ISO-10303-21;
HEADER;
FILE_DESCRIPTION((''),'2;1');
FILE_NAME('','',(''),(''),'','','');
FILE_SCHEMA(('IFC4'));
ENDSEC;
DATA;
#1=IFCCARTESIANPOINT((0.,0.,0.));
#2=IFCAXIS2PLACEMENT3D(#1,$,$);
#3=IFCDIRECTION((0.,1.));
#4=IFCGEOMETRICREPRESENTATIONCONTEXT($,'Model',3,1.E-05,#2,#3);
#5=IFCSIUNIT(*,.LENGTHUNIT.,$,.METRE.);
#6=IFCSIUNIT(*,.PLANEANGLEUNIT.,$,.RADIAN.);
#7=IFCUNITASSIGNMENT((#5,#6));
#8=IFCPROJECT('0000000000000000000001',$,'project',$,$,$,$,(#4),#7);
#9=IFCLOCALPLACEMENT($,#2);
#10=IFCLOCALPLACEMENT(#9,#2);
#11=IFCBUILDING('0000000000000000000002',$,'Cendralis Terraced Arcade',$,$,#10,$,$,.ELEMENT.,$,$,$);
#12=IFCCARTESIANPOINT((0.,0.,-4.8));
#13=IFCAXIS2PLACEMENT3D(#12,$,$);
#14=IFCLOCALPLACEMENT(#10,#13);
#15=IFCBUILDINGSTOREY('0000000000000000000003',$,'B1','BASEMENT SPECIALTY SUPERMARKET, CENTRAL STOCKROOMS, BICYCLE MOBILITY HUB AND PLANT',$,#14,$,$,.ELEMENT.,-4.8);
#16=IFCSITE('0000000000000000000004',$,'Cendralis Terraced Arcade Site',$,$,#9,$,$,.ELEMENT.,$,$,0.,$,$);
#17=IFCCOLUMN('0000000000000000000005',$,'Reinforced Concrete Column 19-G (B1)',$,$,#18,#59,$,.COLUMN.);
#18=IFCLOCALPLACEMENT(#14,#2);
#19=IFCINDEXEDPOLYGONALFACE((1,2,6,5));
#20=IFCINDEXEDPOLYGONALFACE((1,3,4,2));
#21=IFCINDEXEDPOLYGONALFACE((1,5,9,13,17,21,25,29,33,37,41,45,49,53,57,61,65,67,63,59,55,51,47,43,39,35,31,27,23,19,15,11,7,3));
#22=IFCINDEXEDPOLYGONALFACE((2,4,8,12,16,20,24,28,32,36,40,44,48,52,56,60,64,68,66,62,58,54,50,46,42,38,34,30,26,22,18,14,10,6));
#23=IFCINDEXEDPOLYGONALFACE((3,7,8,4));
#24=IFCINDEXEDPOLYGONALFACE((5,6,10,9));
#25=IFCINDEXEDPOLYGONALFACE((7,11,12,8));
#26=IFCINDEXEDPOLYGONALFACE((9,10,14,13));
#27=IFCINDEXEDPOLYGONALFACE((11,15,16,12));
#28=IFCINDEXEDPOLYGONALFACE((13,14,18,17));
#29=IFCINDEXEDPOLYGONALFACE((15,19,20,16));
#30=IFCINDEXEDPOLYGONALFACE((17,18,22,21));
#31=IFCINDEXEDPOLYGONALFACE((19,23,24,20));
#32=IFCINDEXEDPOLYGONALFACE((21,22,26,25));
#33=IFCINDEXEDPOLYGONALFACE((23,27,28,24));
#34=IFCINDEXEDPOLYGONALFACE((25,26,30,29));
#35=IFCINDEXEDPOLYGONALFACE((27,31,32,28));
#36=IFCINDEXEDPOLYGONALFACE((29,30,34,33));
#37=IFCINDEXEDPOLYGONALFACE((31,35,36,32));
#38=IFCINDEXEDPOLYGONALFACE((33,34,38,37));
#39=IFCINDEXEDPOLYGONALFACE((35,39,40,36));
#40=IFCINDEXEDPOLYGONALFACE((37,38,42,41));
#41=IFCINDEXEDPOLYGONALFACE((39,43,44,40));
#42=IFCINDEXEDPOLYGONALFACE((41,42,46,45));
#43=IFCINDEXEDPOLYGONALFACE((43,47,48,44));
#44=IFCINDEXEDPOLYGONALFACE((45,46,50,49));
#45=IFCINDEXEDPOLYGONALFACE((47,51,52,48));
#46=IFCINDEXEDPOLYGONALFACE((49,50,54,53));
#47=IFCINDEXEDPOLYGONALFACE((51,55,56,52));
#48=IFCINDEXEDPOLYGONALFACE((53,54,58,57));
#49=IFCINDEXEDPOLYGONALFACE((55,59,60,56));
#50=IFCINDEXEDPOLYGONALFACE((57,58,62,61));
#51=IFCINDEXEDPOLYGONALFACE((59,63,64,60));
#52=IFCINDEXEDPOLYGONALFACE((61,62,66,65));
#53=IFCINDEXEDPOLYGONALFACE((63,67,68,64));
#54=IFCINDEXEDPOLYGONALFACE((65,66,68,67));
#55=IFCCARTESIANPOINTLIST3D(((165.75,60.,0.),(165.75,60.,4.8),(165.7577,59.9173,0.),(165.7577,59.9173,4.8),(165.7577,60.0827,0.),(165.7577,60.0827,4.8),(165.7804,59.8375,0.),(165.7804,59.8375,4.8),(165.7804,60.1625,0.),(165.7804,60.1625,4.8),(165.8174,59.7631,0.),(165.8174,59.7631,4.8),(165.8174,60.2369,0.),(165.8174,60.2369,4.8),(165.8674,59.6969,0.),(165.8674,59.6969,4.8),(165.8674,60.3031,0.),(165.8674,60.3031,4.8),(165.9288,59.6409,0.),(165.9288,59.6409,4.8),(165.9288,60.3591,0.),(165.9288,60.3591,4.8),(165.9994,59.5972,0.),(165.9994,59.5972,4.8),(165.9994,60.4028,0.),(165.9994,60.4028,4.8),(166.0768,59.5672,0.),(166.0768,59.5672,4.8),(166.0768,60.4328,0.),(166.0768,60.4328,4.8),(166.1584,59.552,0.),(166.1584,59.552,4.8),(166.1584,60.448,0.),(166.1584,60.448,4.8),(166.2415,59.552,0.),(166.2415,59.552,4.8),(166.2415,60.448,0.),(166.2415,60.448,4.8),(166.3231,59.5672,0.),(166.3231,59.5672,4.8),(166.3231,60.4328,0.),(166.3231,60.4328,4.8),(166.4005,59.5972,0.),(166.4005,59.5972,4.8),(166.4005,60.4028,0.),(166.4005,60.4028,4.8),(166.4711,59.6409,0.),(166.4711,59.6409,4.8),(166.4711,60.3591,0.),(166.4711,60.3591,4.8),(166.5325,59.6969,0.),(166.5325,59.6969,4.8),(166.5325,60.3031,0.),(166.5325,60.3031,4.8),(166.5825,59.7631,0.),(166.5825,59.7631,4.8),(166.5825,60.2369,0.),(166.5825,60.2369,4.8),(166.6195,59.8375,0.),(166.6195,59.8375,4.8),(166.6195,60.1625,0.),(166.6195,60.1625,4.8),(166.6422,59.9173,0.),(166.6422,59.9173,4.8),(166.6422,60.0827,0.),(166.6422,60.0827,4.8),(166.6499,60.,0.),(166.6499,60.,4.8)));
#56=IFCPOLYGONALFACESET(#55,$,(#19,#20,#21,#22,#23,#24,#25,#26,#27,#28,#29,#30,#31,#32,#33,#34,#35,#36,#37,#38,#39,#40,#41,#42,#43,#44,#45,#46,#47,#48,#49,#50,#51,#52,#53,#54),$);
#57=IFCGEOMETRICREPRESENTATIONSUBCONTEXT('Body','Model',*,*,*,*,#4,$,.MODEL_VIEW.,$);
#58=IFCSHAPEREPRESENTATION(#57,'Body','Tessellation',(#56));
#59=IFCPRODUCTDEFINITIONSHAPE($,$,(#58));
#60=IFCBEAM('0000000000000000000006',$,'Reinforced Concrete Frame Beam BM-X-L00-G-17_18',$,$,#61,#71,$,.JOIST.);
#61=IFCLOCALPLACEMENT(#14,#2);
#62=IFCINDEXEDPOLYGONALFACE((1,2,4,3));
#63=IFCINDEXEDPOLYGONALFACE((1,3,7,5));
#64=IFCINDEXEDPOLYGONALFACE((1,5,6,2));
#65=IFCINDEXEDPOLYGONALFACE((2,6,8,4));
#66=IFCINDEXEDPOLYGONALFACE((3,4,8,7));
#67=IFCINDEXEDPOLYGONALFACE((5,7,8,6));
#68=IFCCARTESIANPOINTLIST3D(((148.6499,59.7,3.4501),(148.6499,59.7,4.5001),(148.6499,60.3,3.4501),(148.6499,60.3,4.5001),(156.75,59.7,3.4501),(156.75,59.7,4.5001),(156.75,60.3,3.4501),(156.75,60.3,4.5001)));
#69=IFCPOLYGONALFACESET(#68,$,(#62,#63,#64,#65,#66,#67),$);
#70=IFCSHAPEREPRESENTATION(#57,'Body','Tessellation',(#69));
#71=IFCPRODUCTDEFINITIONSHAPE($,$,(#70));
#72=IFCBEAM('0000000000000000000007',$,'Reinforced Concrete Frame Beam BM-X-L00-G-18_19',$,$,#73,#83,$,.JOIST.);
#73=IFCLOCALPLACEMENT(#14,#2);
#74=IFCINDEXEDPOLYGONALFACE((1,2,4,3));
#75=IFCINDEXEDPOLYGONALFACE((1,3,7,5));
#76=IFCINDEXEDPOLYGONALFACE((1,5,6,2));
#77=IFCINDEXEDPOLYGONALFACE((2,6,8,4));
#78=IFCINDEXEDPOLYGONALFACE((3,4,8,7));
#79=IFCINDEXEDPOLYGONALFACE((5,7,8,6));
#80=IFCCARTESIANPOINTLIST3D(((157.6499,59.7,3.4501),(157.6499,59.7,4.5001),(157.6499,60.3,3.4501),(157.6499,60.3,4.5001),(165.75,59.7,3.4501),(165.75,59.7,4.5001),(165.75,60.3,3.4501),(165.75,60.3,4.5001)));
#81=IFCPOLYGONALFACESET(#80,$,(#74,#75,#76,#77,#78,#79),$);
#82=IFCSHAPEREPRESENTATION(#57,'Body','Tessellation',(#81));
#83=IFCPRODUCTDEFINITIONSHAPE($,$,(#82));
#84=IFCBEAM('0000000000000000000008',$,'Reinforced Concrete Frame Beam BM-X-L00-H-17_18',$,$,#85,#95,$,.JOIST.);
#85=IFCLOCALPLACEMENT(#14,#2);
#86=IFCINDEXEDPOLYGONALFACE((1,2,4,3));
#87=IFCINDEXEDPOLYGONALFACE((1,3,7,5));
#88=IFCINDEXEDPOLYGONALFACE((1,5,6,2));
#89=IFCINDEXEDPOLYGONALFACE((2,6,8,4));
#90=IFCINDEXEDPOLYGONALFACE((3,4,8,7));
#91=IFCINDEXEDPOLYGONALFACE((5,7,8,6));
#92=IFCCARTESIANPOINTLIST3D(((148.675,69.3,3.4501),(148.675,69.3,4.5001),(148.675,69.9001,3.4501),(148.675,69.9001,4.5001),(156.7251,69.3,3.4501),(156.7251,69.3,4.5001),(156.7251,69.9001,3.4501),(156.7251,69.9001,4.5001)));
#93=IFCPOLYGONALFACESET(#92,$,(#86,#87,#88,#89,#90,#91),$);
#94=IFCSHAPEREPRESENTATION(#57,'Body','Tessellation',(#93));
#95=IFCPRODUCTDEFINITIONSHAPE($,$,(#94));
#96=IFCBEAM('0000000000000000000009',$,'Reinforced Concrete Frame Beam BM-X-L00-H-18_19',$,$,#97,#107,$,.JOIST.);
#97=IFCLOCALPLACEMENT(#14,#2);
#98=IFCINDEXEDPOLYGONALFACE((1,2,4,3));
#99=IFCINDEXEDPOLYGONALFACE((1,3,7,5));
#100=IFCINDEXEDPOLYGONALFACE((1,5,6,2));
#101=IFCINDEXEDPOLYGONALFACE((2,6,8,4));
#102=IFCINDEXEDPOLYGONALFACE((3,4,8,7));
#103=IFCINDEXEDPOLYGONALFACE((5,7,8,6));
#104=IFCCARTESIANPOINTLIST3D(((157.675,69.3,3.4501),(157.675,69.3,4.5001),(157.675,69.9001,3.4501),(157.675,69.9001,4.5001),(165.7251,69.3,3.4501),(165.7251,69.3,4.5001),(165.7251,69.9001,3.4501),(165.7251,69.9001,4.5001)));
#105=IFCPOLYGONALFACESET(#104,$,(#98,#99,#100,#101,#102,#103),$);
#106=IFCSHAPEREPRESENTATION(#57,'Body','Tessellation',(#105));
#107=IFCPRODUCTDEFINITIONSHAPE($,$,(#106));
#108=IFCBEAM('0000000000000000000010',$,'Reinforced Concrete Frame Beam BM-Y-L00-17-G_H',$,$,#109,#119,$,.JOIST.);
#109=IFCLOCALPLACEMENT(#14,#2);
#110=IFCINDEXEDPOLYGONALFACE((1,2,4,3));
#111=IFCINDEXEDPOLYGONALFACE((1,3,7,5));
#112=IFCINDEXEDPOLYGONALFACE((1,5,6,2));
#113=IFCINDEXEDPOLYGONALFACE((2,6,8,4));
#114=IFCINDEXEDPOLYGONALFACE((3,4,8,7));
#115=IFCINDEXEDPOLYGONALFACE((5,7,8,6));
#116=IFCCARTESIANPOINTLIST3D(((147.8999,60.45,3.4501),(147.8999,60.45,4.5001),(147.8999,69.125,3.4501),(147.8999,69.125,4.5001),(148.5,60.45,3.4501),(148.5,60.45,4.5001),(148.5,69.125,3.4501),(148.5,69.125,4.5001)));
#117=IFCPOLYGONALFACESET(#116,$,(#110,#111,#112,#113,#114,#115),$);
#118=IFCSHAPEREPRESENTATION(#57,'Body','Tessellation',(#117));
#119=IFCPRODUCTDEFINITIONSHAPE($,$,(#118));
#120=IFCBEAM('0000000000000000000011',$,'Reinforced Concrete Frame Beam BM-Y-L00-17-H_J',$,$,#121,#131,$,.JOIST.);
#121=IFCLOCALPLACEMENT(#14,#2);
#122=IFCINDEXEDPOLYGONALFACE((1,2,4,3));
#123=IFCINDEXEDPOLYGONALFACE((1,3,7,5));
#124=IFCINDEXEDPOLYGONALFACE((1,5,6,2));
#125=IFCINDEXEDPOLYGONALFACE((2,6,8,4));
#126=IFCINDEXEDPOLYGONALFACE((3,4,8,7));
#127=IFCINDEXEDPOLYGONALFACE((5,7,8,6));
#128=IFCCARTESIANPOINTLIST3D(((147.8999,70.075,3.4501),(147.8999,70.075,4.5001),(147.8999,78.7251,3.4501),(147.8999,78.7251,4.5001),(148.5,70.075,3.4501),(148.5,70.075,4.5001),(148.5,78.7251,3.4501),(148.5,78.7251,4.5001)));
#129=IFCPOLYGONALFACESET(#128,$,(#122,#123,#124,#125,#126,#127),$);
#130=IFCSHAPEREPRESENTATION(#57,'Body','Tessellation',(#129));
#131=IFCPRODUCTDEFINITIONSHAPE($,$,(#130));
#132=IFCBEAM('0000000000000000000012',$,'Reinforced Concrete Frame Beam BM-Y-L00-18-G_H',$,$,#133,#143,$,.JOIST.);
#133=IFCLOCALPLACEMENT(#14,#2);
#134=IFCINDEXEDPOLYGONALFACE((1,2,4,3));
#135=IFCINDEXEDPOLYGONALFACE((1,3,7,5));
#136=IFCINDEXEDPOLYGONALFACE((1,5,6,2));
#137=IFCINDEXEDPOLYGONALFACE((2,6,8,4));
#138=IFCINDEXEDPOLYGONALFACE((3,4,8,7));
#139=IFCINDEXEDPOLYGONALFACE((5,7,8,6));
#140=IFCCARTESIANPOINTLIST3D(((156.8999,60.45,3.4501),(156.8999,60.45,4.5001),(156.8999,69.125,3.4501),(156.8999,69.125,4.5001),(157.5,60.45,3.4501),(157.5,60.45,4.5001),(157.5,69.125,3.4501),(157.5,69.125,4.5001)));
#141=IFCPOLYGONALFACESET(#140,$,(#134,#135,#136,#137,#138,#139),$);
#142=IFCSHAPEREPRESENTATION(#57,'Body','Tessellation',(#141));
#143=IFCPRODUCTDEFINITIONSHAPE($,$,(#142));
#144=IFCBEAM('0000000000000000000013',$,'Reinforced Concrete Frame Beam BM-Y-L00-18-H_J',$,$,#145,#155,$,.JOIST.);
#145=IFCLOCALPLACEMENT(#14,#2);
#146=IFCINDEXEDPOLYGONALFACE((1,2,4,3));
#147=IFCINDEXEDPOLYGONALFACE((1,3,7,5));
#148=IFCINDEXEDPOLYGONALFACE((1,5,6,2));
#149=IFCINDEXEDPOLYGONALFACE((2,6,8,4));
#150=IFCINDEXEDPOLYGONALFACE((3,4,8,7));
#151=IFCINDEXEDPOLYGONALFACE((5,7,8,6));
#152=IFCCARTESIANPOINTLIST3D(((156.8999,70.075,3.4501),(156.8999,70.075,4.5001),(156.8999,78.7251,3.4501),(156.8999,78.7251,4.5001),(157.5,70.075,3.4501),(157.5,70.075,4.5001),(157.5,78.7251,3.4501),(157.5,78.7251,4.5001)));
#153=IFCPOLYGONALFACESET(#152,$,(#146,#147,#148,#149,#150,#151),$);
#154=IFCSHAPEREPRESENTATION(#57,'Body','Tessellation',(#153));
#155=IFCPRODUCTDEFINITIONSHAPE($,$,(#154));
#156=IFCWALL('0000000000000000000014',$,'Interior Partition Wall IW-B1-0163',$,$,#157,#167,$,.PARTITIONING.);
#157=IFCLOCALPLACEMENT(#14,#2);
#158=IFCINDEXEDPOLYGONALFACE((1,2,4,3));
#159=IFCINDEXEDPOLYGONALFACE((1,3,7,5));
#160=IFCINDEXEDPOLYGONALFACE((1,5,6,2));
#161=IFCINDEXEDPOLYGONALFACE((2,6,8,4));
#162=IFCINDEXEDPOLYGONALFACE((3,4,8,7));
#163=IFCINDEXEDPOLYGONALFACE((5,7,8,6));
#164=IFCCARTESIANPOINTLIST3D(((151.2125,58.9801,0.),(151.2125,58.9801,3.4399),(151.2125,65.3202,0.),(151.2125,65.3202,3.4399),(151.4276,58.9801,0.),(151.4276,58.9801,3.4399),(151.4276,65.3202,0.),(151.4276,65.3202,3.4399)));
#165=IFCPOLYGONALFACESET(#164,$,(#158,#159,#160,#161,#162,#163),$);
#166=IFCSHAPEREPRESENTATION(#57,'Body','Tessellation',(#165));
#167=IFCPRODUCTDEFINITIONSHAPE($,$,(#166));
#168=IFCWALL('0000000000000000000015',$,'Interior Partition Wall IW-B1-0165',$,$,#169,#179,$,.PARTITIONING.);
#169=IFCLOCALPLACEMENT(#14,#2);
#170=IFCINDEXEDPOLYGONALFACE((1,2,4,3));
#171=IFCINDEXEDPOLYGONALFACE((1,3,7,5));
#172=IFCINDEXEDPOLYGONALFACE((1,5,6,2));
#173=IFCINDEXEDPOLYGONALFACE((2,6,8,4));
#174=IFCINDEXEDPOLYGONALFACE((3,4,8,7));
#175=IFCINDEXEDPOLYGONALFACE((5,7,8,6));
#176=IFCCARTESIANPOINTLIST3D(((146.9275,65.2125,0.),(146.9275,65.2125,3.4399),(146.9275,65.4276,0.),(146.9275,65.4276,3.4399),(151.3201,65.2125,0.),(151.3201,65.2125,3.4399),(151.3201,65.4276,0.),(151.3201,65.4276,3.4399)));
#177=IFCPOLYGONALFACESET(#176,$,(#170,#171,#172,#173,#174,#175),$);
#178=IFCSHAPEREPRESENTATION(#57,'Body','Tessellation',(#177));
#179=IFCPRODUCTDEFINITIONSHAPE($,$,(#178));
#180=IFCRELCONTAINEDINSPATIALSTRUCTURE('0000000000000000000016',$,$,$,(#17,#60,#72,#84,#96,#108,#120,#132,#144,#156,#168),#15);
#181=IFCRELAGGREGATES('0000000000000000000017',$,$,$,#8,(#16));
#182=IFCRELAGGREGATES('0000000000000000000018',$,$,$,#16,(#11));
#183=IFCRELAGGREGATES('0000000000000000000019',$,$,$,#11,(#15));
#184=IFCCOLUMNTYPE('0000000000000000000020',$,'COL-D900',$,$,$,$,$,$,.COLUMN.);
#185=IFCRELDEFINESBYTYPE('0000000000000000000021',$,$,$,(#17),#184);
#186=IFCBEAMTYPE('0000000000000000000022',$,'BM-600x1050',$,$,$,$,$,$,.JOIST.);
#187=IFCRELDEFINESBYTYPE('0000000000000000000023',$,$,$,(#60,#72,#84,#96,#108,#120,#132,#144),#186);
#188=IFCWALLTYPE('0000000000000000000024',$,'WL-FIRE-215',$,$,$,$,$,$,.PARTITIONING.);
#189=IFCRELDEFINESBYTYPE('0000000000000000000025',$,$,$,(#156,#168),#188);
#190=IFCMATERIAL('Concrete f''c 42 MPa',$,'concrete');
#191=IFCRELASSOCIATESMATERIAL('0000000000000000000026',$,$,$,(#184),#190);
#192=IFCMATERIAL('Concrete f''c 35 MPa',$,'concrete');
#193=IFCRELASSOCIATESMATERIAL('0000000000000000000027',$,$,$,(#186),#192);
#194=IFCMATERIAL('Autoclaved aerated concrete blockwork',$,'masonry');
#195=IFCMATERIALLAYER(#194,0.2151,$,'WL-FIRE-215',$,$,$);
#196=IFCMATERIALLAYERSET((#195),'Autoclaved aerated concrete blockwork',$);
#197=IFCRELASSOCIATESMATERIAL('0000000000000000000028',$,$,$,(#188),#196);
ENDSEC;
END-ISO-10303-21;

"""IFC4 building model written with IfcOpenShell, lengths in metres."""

from ifc_helpers import new_model, si_unit, direction, frame, frame_2d, origin, origin_2d, place, context, subcontext, project, spatial, rectangle, circle, extrude, material, layer, layer_set, material_profile, profile_set, type_object, element, save


model = new_model("IFC4")

# Units and contexts
model_context = context("Model", 3, precision=1e-05, world=origin(), true_north=direction((0.0, 1.0)))
body_context = subcontext(model_context, "Body", "Model", "MODEL_VIEW")
ifc_project = project(units=[si_unit("LENGTHUNIT", "METRE"), si_unit("PLANEANGLEUNIT", "RADIAN")], contexts=[model_context])

# Site, building, storey
site_placement = place(None, origin())
site = spatial("IfcSite", under=ifc_project, at=site_placement, Name="Cendralis Terraced Arcade Site", CompositionType="ELEMENT", RefElevation=0.0)
building_placement = place(site_placement, origin())
building = spatial("IfcBuilding", under=site, at=building_placement, Name="Cendralis Terraced Arcade", CompositionType="ELEMENT")
storey_placement = place(building_placement, frame((0.0, 0.0, -4.8)))
storey = spatial("IfcBuildingStorey", under=building, at=storey_placement, Name="B1", Description="BASEMENT SPECIALTY SUPERMARKET, CENTRAL STOCKROOMS, BICYCLE MOBILITY HUB AND PLANT", CompositionType="ELEMENT", Elevation=-4.8)

# Shared definitions
ifc_material_1 = material(Name="Concrete f'c 35 MPa", Category="concrete")

# Column
ifc_material_2 = material(Name="Concrete f'c 42 MPa", Category="concrete")
ifc_material_profile_1 = material_profile(ifc_material_2, circle(Radius=0.45, at=origin_2d()), Name="RC-COL-D900", Category="LoadBearing")
ifc_profile_set_1 = profile_set([ifc_material_profile_1], Name="Concrete f'c 42 MPa")
column_type_1 = type_object("IfcColumnType", Name="COL-D900", PredefinedType="COLUMN", material=ifc_profile_set_1)
for number, where, z_axis, x_axis, name in (
    (1, (166.2, 60.0, 0.0), (0.0, 0.0, 1.0), (1.0, 0.0, 0.0), "Reinforced Concrete Column 19-G (B1)"),
):
    element("IfcColumn", number, at=place(storey_placement, frame(where, z_axis=z_axis, x_axis=x_axis)), inside=storey, type_object=column_type_1, Name=name, PredefinedType="COLUMN", context=body_context, shape_type="SweptSolid", body=[
        extrude(circle(Radius=0.45, at=origin_2d()), origin(), (0.0, 0.0, 1.0), 4.8),
    ])

# Beams
ifc_material_profile_2 = material_profile(ifc_material_1, rectangle(XDim=0.6001, YDim=1.05, at=origin_2d()), Name="RC-BM-600x1050", Category="LoadBearing")
ifc_profile_set_2 = profile_set([ifc_material_profile_2], Name="Concrete f'c 35 MPa")
beam_type = type_object("IfcBeamType", Name="BM-600x1050", PredefinedType="JOIST", material=ifc_profile_set_2)
for number, where, z_axis, x_axis, name in (
    (2, (148.6499, 60.0, 3.9751), (1.0, 0.0, 0.0), (0.0, 1.0, 0.0), "Reinforced Concrete Frame Beam BM-X-L00-G-17_18"),
    (3, (157.6499, 60.0, 3.9751), (1.0, 0.0, 0.0), (0.0, 1.0, 0.0), "Reinforced Concrete Frame Beam BM-X-L00-G-18_19"),
):
    element("IfcBeam", number, at=place(storey_placement, frame(where, z_axis=z_axis, x_axis=x_axis)), inside=storey, type_object=beam_type, Name=name, PredefinedType="JOIST", context=body_context, shape_type="SweptSolid", body=[
        extrude(rectangle(XDim=0.6001, YDim=1.05, at=origin_2d()), origin(), (0.0, 0.0, 1.0), 8.1001),
    ])
for number, where, z_axis, x_axis, name in (
    (4, (148.675, 69.6001, 3.9751), (1.0, 0.0, 0.0), (0.0, 1.0, 0.0), "Reinforced Concrete Frame Beam BM-X-L00-H-17_18"),
    (5, (157.675, 69.6001, 3.9751), (1.0, 0.0, 0.0), (0.0, 1.0, 0.0), "Reinforced Concrete Frame Beam BM-X-L00-H-18_19"),
):
    element("IfcBeam", number, at=place(storey_placement, frame(where, z_axis=z_axis, x_axis=x_axis)), inside=storey, type_object=beam_type, Name=name, PredefinedType="JOIST", context=body_context, shape_type="SweptSolid", body=[
        extrude(rectangle(XDim=0.6001, YDim=1.05, at=origin_2d()), origin(), (0.0, 0.0, 1.0), 8.05),
    ])
beam_1_placement = place(storey_placement, frame((148.2, 60.45, 3.9751), z_axis=(0.0, 1.0, 0.0), x_axis=(-1.0, 0.0, 0.0)))
element("IfcBeam", 6, at=beam_1_placement, inside=storey, type_object=beam_type, Name="Reinforced Concrete Frame Beam BM-Y-L00-17-G_H", PredefinedType="JOIST", context=body_context, shape_type="SweptSolid", body=[
    extrude(rectangle(XDim=0.6001, YDim=1.05, at=origin_2d()), origin(), (0.0, 0.0, 1.0), 8.675),
])
beam_2_placement = place(storey_placement, frame((148.2, 70.075, 3.9751), z_axis=(0.0, 1.0, 0.0), x_axis=(-1.0, 0.0, 0.0)))
element("IfcBeam", 7, at=beam_2_placement, inside=storey, type_object=beam_type, Name="Reinforced Concrete Frame Beam BM-Y-L00-17-H_J", PredefinedType="JOIST", context=body_context, shape_type="SweptSolid", body=[
    extrude(rectangle(XDim=0.6001, YDim=1.05, at=origin_2d()), origin(), (0.0, 0.0, 1.0), 8.6501),
])
beam_3_placement = place(storey_placement, frame((157.2, 60.45, 3.9751), z_axis=(0.0, 1.0, 0.0), x_axis=(-1.0, 0.0, 0.0)))
element("IfcBeam", 8, at=beam_3_placement, inside=storey, type_object=beam_type, Name="Reinforced Concrete Frame Beam BM-Y-L00-18-G_H", PredefinedType="JOIST", context=body_context, shape_type="SweptSolid", body=[
    extrude(rectangle(XDim=0.6001, YDim=1.05, at=origin_2d()), origin(), (0.0, 0.0, 1.0), 8.675),
])
beam_4_placement = place(storey_placement, frame((157.2, 70.075, 3.9751), z_axis=(0.0, 1.0, 0.0), x_axis=(-1.0, 0.0, 0.0)))
element("IfcBeam", 9, at=beam_4_placement, inside=storey, type_object=beam_type, Name="Reinforced Concrete Frame Beam BM-Y-L00-18-H_J", PredefinedType="JOIST", context=body_context, shape_type="SweptSolid", body=[
    extrude(rectangle(XDim=0.6001, YDim=1.05, at=origin_2d()), origin(), (0.0, 0.0, 1.0), 8.6501),
])

# Walls
ifc_material_3 = material(Name="Autoclaved aerated concrete blockwork", Category="masonry")
ifc_layer = layer(ifc_material_3, 0.2151, Name="WL-FIRE-215")
ifc_layer_set = layer_set([ifc_layer], Name="Autoclaved aerated concrete blockwork")
wall_type = type_object("IfcWallType", Name="WL-FIRE-215", PredefinedType="PARTITIONING", material=ifc_layer_set)
wall_1_placement = place(storey_placement, frame((151.3201, 65.3201, 0.0), z_axis=(0.0, 0.0, 1.0), x_axis=(0.0, -1.0, 0.0)))
element("IfcWall", 10, at=wall_1_placement, inside=storey, type_object=wall_type, Name="Interior Partition Wall IW-B1-0163", PredefinedType="PARTITIONING", context=body_context, shape_type="SweptSolid", body=[
    extrude(rectangle(XDim=6.3401, YDim=0.2151, at=frame_2d((3.1699, 0.0))), origin(), (0.0, 0.0, 1.0), 3.4399),
])
wall_2_placement = place(storey_placement, frame((146.9275, 65.3201, 0.0), z_axis=(0.0, 0.0, 1.0), x_axis=(1.0, 0.0, 0.0)))
element("IfcWall", 11, at=wall_2_placement, inside=storey, type_object=wall_type, Name="Interior Partition Wall IW-B1-0165", PredefinedType="PARTITIONING", context=body_context, shape_type="SweptSolid", body=[
    extrude(rectangle(XDim=4.3926, YDim=0.2151, at=frame_2d((2.1963, 0.0))), origin(), (0.0, 0.0, 1.0), 3.4399),
])

save(model, "model.ifc")
